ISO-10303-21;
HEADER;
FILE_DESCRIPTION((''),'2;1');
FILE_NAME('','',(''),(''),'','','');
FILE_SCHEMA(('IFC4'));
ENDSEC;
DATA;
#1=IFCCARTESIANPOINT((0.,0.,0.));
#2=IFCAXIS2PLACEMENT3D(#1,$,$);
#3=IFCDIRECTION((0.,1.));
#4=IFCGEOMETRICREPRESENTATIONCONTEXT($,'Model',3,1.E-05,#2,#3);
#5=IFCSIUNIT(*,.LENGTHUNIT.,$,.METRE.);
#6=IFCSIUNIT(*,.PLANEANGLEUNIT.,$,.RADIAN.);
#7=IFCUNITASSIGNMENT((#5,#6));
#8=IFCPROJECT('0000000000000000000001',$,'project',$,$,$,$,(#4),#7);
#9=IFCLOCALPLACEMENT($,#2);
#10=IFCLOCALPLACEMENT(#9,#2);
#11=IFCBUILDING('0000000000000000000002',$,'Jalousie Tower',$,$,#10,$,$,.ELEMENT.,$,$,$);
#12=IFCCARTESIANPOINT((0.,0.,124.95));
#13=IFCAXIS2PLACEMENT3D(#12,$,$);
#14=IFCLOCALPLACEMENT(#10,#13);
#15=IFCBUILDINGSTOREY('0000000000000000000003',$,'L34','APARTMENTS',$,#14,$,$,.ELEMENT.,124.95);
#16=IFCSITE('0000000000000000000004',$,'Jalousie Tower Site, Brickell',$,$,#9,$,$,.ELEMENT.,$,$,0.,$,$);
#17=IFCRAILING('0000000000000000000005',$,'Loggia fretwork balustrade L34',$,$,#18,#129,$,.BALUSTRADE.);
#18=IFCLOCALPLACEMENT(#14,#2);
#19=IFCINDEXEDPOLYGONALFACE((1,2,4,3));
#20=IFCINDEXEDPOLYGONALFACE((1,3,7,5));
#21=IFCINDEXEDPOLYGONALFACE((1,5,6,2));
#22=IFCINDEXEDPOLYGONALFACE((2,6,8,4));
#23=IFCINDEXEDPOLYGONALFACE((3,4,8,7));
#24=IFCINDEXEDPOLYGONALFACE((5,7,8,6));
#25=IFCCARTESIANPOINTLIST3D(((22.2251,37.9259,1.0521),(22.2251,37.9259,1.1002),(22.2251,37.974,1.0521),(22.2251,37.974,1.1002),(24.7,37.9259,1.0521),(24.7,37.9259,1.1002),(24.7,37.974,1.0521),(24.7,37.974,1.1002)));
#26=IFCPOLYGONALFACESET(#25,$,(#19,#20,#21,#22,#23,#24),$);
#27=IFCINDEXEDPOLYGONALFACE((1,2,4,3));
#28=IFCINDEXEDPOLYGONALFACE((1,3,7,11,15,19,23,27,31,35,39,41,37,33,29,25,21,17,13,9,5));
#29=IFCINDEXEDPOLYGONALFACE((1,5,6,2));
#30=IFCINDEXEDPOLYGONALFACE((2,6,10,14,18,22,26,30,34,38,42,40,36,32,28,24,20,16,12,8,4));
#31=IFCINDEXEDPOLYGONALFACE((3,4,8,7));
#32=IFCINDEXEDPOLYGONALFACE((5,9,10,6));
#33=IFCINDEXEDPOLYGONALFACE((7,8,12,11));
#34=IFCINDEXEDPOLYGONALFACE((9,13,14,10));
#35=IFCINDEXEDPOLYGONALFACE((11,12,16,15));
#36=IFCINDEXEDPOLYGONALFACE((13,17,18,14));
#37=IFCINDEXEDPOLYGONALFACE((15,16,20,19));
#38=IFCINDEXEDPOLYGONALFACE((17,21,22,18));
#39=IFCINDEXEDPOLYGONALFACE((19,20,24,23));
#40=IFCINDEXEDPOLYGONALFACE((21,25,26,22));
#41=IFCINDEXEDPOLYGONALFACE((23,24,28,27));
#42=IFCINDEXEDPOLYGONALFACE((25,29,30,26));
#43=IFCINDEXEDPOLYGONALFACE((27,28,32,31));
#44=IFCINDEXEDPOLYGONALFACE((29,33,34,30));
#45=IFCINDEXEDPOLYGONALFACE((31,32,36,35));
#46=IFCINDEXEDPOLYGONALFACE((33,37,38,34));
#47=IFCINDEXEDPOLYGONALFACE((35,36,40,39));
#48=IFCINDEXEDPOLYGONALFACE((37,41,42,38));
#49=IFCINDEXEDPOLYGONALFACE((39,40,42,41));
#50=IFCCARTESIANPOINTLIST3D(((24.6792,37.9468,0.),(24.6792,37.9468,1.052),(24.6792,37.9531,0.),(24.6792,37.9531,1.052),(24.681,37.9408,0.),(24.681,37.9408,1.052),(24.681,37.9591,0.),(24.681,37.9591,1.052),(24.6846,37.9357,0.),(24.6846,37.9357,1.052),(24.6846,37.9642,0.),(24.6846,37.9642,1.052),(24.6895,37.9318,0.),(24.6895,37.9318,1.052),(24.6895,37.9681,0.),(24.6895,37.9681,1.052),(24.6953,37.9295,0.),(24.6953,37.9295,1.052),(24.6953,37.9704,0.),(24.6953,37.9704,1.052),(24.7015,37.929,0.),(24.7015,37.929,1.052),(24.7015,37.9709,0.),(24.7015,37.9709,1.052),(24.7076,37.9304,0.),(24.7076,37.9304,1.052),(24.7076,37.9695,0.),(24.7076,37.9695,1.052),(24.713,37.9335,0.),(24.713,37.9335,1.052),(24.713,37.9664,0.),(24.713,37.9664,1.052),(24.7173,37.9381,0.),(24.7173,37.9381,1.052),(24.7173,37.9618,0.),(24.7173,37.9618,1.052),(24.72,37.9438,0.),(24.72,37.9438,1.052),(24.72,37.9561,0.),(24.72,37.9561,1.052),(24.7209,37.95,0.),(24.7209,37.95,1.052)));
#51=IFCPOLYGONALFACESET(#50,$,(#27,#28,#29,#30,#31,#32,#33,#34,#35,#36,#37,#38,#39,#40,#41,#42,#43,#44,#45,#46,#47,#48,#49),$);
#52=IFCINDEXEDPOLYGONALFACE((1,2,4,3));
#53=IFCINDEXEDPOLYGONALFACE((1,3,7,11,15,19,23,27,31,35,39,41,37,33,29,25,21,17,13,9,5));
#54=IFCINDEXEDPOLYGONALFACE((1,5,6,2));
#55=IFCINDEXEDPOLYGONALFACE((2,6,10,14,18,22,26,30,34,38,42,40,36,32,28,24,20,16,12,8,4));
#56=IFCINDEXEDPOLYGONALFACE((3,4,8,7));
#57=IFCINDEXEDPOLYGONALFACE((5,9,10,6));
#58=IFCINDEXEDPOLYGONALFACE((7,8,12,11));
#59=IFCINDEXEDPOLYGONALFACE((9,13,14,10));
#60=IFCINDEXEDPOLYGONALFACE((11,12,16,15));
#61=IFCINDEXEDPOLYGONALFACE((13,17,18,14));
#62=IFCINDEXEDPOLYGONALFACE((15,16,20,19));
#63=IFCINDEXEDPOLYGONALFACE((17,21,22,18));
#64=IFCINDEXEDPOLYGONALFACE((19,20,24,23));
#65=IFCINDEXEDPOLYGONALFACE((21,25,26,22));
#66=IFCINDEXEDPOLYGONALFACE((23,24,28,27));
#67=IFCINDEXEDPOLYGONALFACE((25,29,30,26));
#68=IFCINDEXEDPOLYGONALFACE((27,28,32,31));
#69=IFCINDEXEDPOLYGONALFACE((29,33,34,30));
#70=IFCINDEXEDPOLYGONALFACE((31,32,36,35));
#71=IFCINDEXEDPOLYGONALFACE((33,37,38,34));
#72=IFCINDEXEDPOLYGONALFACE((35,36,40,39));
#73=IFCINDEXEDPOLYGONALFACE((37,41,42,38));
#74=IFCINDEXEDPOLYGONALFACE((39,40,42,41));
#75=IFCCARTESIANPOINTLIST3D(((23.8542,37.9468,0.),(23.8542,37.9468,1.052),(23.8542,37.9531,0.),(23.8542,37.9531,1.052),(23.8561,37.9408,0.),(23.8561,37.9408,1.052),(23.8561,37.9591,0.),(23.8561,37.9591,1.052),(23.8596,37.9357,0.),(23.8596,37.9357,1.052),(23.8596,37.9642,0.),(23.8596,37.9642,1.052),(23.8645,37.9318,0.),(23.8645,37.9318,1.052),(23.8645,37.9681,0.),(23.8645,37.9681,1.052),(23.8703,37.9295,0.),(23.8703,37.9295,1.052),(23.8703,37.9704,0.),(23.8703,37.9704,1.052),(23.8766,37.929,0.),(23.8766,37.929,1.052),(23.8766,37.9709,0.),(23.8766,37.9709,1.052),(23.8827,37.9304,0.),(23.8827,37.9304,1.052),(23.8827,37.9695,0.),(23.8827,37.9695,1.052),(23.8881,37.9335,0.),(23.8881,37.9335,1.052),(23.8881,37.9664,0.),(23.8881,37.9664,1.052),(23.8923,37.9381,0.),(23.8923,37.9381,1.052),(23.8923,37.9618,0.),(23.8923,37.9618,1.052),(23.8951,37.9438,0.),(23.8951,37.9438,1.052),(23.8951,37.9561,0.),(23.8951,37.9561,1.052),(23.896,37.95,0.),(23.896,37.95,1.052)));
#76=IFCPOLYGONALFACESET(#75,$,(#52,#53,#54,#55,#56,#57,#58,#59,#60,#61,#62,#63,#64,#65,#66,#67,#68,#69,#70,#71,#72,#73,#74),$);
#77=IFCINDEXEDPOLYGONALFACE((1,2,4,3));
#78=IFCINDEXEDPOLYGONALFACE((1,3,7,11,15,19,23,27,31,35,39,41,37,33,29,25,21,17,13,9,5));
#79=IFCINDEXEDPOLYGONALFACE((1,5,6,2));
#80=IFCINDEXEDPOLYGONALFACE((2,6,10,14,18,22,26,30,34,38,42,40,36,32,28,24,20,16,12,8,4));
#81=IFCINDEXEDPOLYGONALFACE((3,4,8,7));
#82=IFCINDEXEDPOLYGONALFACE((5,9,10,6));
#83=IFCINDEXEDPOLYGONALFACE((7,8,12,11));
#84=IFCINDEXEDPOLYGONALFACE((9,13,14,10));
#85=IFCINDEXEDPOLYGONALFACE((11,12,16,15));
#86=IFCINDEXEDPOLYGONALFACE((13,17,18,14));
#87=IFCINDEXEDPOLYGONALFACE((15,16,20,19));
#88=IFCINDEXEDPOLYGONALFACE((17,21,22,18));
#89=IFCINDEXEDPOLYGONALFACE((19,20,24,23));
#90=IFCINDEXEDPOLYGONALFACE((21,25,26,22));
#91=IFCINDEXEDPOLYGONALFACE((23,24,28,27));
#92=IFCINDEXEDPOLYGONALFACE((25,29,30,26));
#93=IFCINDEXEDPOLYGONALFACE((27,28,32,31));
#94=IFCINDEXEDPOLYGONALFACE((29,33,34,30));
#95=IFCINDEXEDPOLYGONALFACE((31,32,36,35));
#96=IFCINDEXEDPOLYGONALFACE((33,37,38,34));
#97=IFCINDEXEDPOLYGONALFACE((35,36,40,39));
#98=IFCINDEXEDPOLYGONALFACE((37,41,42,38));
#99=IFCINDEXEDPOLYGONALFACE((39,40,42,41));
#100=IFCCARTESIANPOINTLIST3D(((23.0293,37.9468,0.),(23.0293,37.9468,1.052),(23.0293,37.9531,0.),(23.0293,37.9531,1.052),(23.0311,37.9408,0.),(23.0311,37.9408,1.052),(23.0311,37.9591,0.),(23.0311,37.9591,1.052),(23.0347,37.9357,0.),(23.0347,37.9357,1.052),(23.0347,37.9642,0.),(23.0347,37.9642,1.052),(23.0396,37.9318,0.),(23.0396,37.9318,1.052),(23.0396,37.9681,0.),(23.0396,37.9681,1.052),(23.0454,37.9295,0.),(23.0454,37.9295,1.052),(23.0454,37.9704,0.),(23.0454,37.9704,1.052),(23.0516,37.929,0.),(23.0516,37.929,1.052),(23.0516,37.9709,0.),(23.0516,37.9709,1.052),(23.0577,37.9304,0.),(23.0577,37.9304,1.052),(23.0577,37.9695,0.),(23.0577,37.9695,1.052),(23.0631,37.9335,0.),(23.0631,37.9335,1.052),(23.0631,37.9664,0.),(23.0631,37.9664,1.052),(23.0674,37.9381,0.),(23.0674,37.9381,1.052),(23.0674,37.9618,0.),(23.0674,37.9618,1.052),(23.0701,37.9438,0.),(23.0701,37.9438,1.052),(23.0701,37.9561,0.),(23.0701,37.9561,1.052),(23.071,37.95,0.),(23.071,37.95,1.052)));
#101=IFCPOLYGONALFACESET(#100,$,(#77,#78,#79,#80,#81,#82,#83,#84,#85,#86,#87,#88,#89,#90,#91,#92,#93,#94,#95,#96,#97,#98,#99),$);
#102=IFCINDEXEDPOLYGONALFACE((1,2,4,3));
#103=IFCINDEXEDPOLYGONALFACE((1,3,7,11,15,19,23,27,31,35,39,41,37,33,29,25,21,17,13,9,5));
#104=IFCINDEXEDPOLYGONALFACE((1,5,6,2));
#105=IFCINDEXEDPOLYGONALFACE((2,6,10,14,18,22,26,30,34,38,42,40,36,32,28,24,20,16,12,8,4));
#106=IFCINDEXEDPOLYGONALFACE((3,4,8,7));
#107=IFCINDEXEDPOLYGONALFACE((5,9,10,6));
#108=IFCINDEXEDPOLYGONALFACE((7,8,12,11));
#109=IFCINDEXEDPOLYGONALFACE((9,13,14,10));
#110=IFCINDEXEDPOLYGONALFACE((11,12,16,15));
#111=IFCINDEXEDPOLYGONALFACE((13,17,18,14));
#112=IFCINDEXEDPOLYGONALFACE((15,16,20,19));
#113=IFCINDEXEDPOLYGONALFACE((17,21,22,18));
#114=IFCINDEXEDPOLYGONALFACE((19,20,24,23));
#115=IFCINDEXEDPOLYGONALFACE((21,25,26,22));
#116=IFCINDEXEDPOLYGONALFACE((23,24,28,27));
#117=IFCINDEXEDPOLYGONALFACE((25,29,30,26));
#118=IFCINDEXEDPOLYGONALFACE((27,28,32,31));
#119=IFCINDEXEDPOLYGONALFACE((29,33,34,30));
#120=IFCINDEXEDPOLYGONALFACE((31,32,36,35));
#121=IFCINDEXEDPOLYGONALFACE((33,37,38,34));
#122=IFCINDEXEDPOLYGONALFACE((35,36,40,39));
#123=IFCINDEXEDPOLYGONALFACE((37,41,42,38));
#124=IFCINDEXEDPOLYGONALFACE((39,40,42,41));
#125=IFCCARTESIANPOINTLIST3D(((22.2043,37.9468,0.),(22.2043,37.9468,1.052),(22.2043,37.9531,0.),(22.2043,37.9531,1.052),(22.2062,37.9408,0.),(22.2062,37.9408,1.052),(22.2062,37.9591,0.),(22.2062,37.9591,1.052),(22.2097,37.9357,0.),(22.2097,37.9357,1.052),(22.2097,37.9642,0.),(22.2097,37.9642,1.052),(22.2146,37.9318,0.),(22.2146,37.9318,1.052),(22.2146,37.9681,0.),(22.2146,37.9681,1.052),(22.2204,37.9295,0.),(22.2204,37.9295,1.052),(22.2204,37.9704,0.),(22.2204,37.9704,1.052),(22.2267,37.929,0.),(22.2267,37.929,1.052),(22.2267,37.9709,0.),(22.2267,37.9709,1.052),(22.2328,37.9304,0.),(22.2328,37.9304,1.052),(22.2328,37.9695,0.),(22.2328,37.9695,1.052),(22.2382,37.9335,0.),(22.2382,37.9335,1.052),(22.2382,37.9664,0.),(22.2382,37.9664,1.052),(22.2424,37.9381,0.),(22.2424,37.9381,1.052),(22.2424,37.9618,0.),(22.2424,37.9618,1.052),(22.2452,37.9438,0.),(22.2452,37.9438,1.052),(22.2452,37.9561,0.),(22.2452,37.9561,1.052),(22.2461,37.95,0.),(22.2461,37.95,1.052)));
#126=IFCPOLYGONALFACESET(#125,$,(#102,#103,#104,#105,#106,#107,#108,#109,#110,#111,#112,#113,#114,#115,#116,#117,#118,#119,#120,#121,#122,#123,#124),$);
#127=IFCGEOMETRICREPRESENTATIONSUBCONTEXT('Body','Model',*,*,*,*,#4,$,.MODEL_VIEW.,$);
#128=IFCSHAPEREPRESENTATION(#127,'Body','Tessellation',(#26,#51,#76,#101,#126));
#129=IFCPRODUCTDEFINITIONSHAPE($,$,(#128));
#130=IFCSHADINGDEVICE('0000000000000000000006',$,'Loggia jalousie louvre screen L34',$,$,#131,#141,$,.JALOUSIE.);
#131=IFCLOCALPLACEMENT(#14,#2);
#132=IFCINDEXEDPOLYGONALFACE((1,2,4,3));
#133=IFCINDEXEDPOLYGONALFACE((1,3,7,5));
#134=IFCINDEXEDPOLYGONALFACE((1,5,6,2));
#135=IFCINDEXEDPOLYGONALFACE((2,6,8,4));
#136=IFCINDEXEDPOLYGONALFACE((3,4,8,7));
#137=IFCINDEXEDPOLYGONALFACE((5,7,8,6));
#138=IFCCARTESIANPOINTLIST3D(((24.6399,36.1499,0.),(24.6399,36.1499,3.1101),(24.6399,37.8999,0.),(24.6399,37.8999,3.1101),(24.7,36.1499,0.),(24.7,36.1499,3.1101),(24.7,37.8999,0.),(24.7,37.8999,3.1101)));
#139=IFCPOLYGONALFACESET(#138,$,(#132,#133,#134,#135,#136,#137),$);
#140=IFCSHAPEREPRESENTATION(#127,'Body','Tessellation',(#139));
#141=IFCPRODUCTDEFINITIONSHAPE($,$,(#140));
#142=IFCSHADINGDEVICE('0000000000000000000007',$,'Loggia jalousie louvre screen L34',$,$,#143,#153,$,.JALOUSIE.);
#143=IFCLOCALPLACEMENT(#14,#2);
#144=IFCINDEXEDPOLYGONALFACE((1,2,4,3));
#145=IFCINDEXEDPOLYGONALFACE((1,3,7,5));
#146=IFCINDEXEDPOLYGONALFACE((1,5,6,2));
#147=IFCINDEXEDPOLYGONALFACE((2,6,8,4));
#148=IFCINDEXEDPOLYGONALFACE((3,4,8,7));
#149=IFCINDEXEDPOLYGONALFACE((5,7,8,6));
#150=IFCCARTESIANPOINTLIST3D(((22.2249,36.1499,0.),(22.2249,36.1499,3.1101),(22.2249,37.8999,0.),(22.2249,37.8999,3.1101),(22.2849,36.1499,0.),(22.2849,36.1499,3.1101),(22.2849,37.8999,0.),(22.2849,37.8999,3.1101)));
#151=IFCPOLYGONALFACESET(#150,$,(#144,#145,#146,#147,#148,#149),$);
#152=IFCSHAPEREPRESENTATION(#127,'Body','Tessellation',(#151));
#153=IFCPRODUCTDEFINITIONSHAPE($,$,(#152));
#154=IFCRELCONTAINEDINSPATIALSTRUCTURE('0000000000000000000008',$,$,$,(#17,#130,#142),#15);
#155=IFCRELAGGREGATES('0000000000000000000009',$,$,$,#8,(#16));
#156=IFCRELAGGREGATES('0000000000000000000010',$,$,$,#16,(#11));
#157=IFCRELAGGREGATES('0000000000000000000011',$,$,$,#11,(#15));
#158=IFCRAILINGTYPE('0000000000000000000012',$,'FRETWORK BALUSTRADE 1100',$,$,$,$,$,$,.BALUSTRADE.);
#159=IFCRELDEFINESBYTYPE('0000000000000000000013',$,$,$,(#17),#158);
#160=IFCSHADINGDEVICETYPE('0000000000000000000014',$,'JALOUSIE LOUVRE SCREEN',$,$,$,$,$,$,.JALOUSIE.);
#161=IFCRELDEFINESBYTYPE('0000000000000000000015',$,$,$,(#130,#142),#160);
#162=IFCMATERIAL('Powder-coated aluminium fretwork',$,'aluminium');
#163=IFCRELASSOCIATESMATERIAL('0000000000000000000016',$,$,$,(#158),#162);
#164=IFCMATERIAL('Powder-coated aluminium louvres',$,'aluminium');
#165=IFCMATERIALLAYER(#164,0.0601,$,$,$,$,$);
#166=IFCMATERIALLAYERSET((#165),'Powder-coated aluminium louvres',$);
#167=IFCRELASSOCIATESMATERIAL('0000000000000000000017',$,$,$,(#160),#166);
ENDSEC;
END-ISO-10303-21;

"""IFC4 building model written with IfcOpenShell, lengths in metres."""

from ifc_helpers import new_model, si_unit, direction, frame, origin, origin_2d, place, context, subcontext, project, spatial, rectangle, circle, extrude, material, layer, layer_set, type_object, element, save


model = new_model("IFC4")

# Units and contexts
model_context = context("Model", 3, precision=1e-05, world=origin(), true_north=direction((0.0, 1.0)))
body_context = subcontext(model_context, "Body", "Model", "MODEL_VIEW")
ifc_project = project(units=[si_unit("LENGTHUNIT", "METRE"), si_unit("PLANEANGLEUNIT", "RADIAN")], contexts=[model_context])

# Site, building, storey
site_placement = place(None, origin())
site = spatial("IfcSite", under=ifc_project, at=site_placement, Name="Jalousie Tower Site, Brickell", CompositionType="ELEMENT", RefElevation=0.0)
building_placement = place(site_placement, origin())
building = spatial("IfcBuilding", under=site, at=building_placement, Name="Jalousie Tower", CompositionType="ELEMENT")
storey_placement = place(building_placement, frame((0.0, 0.0, 124.95)))
storey = spatial("IfcBuildingStorey", under=building, at=storey_placement, Name="L34", Description="APARTMENTS", CompositionType="ELEMENT", Elevation=124.95)

# Railing
ifc_material_1 = material(Name="Powder-coated aluminium fretwork", Category="aluminium")
railing_type = type_object("IfcRailingType", Name="FRETWORK BALUSTRADE 1100", PredefinedType="BALUSTRADE", material=ifc_material_1)
railing_placement = place(storey_placement, frame((24.7, 37.95, 0.0)))
element("IfcRailing", 1, at=railing_placement, inside=storey, type_object=railing_type, Name="Loggia fretwork balustrade L34", PredefinedType="BALUSTRADE", context=body_context, shape_type="SweptSolid", body=[
    extrude(rectangle(XDim=0.0481, YDim=0.0481, at=origin_2d()), frame((0.0, 0.0, 1.0762), z_axis=(-1.0, 0.0, 0.0), x_axis=(0.0, -1.0, 0.0)), (0.0, 0.0, 1.0), 2.4749),
    extrude(circle(Radius=0.021, at=origin_2d()), origin(), (0.0, 0.0, 1.0), 1.052),
    extrude(circle(Radius=0.021, at=origin_2d()), frame((-0.825, 0.0, 0.0)), (0.0, 0.0, 1.0), 1.052),
    extrude(circle(Radius=0.021, at=origin_2d()), frame((-1.6499, 0.0, 0.0)), (0.0, 0.0, 1.0), 1.052),
    extrude(circle(Radius=0.021, at=origin_2d()), frame((-2.4749, 0.0, 0.0)), (0.0, 0.0, 1.0), 1.052),
])

# Shading devices
ifc_material_2 = material(Name="Powder-coated aluminium louvres", Category="aluminium")
ifc_layer_1 = layer(ifc_material_2, 0.0601)
ifc_layer_set_1 = layer_set([ifc_layer_1], Name="Powder-coated aluminium louvres")
shading_device_type_1 = type_object("IfcShadingDeviceType", Name="JALOUSIE LOUVRE SCREEN", PredefinedType="JALOUSIE", material=ifc_layer_set_1)
for number, where, z_axis, x_axis, name in (
    (2, (24.6699, 37.0249, 0.0), (0.0, 0.0, 1.0), (-1.0, 0.0, 0.0), "Loggia jalousie louvre screen L34"),
    (3, (22.2549, 37.0249, 0.0), (0.0, 0.0, 1.0), (-1.0, 0.0, 0.0), "Loggia jalousie louvre screen L34"),
):
    element("IfcShadingDevice", number, at=place(storey_placement, frame(where, z_axis=z_axis, x_axis=x_axis)), inside=storey, type_object=shading_device_type_1, Name=name, PredefinedType="JALOUSIE", context=body_context, shape_type="SweptSolid", body=[
        extrude(rectangle(XDim=0.0601, YDim=1.75, at=origin_2d()), origin(), (0.0, 0.0, 1.0), 3.1101),
    ])

save(model, "model.ifc")
